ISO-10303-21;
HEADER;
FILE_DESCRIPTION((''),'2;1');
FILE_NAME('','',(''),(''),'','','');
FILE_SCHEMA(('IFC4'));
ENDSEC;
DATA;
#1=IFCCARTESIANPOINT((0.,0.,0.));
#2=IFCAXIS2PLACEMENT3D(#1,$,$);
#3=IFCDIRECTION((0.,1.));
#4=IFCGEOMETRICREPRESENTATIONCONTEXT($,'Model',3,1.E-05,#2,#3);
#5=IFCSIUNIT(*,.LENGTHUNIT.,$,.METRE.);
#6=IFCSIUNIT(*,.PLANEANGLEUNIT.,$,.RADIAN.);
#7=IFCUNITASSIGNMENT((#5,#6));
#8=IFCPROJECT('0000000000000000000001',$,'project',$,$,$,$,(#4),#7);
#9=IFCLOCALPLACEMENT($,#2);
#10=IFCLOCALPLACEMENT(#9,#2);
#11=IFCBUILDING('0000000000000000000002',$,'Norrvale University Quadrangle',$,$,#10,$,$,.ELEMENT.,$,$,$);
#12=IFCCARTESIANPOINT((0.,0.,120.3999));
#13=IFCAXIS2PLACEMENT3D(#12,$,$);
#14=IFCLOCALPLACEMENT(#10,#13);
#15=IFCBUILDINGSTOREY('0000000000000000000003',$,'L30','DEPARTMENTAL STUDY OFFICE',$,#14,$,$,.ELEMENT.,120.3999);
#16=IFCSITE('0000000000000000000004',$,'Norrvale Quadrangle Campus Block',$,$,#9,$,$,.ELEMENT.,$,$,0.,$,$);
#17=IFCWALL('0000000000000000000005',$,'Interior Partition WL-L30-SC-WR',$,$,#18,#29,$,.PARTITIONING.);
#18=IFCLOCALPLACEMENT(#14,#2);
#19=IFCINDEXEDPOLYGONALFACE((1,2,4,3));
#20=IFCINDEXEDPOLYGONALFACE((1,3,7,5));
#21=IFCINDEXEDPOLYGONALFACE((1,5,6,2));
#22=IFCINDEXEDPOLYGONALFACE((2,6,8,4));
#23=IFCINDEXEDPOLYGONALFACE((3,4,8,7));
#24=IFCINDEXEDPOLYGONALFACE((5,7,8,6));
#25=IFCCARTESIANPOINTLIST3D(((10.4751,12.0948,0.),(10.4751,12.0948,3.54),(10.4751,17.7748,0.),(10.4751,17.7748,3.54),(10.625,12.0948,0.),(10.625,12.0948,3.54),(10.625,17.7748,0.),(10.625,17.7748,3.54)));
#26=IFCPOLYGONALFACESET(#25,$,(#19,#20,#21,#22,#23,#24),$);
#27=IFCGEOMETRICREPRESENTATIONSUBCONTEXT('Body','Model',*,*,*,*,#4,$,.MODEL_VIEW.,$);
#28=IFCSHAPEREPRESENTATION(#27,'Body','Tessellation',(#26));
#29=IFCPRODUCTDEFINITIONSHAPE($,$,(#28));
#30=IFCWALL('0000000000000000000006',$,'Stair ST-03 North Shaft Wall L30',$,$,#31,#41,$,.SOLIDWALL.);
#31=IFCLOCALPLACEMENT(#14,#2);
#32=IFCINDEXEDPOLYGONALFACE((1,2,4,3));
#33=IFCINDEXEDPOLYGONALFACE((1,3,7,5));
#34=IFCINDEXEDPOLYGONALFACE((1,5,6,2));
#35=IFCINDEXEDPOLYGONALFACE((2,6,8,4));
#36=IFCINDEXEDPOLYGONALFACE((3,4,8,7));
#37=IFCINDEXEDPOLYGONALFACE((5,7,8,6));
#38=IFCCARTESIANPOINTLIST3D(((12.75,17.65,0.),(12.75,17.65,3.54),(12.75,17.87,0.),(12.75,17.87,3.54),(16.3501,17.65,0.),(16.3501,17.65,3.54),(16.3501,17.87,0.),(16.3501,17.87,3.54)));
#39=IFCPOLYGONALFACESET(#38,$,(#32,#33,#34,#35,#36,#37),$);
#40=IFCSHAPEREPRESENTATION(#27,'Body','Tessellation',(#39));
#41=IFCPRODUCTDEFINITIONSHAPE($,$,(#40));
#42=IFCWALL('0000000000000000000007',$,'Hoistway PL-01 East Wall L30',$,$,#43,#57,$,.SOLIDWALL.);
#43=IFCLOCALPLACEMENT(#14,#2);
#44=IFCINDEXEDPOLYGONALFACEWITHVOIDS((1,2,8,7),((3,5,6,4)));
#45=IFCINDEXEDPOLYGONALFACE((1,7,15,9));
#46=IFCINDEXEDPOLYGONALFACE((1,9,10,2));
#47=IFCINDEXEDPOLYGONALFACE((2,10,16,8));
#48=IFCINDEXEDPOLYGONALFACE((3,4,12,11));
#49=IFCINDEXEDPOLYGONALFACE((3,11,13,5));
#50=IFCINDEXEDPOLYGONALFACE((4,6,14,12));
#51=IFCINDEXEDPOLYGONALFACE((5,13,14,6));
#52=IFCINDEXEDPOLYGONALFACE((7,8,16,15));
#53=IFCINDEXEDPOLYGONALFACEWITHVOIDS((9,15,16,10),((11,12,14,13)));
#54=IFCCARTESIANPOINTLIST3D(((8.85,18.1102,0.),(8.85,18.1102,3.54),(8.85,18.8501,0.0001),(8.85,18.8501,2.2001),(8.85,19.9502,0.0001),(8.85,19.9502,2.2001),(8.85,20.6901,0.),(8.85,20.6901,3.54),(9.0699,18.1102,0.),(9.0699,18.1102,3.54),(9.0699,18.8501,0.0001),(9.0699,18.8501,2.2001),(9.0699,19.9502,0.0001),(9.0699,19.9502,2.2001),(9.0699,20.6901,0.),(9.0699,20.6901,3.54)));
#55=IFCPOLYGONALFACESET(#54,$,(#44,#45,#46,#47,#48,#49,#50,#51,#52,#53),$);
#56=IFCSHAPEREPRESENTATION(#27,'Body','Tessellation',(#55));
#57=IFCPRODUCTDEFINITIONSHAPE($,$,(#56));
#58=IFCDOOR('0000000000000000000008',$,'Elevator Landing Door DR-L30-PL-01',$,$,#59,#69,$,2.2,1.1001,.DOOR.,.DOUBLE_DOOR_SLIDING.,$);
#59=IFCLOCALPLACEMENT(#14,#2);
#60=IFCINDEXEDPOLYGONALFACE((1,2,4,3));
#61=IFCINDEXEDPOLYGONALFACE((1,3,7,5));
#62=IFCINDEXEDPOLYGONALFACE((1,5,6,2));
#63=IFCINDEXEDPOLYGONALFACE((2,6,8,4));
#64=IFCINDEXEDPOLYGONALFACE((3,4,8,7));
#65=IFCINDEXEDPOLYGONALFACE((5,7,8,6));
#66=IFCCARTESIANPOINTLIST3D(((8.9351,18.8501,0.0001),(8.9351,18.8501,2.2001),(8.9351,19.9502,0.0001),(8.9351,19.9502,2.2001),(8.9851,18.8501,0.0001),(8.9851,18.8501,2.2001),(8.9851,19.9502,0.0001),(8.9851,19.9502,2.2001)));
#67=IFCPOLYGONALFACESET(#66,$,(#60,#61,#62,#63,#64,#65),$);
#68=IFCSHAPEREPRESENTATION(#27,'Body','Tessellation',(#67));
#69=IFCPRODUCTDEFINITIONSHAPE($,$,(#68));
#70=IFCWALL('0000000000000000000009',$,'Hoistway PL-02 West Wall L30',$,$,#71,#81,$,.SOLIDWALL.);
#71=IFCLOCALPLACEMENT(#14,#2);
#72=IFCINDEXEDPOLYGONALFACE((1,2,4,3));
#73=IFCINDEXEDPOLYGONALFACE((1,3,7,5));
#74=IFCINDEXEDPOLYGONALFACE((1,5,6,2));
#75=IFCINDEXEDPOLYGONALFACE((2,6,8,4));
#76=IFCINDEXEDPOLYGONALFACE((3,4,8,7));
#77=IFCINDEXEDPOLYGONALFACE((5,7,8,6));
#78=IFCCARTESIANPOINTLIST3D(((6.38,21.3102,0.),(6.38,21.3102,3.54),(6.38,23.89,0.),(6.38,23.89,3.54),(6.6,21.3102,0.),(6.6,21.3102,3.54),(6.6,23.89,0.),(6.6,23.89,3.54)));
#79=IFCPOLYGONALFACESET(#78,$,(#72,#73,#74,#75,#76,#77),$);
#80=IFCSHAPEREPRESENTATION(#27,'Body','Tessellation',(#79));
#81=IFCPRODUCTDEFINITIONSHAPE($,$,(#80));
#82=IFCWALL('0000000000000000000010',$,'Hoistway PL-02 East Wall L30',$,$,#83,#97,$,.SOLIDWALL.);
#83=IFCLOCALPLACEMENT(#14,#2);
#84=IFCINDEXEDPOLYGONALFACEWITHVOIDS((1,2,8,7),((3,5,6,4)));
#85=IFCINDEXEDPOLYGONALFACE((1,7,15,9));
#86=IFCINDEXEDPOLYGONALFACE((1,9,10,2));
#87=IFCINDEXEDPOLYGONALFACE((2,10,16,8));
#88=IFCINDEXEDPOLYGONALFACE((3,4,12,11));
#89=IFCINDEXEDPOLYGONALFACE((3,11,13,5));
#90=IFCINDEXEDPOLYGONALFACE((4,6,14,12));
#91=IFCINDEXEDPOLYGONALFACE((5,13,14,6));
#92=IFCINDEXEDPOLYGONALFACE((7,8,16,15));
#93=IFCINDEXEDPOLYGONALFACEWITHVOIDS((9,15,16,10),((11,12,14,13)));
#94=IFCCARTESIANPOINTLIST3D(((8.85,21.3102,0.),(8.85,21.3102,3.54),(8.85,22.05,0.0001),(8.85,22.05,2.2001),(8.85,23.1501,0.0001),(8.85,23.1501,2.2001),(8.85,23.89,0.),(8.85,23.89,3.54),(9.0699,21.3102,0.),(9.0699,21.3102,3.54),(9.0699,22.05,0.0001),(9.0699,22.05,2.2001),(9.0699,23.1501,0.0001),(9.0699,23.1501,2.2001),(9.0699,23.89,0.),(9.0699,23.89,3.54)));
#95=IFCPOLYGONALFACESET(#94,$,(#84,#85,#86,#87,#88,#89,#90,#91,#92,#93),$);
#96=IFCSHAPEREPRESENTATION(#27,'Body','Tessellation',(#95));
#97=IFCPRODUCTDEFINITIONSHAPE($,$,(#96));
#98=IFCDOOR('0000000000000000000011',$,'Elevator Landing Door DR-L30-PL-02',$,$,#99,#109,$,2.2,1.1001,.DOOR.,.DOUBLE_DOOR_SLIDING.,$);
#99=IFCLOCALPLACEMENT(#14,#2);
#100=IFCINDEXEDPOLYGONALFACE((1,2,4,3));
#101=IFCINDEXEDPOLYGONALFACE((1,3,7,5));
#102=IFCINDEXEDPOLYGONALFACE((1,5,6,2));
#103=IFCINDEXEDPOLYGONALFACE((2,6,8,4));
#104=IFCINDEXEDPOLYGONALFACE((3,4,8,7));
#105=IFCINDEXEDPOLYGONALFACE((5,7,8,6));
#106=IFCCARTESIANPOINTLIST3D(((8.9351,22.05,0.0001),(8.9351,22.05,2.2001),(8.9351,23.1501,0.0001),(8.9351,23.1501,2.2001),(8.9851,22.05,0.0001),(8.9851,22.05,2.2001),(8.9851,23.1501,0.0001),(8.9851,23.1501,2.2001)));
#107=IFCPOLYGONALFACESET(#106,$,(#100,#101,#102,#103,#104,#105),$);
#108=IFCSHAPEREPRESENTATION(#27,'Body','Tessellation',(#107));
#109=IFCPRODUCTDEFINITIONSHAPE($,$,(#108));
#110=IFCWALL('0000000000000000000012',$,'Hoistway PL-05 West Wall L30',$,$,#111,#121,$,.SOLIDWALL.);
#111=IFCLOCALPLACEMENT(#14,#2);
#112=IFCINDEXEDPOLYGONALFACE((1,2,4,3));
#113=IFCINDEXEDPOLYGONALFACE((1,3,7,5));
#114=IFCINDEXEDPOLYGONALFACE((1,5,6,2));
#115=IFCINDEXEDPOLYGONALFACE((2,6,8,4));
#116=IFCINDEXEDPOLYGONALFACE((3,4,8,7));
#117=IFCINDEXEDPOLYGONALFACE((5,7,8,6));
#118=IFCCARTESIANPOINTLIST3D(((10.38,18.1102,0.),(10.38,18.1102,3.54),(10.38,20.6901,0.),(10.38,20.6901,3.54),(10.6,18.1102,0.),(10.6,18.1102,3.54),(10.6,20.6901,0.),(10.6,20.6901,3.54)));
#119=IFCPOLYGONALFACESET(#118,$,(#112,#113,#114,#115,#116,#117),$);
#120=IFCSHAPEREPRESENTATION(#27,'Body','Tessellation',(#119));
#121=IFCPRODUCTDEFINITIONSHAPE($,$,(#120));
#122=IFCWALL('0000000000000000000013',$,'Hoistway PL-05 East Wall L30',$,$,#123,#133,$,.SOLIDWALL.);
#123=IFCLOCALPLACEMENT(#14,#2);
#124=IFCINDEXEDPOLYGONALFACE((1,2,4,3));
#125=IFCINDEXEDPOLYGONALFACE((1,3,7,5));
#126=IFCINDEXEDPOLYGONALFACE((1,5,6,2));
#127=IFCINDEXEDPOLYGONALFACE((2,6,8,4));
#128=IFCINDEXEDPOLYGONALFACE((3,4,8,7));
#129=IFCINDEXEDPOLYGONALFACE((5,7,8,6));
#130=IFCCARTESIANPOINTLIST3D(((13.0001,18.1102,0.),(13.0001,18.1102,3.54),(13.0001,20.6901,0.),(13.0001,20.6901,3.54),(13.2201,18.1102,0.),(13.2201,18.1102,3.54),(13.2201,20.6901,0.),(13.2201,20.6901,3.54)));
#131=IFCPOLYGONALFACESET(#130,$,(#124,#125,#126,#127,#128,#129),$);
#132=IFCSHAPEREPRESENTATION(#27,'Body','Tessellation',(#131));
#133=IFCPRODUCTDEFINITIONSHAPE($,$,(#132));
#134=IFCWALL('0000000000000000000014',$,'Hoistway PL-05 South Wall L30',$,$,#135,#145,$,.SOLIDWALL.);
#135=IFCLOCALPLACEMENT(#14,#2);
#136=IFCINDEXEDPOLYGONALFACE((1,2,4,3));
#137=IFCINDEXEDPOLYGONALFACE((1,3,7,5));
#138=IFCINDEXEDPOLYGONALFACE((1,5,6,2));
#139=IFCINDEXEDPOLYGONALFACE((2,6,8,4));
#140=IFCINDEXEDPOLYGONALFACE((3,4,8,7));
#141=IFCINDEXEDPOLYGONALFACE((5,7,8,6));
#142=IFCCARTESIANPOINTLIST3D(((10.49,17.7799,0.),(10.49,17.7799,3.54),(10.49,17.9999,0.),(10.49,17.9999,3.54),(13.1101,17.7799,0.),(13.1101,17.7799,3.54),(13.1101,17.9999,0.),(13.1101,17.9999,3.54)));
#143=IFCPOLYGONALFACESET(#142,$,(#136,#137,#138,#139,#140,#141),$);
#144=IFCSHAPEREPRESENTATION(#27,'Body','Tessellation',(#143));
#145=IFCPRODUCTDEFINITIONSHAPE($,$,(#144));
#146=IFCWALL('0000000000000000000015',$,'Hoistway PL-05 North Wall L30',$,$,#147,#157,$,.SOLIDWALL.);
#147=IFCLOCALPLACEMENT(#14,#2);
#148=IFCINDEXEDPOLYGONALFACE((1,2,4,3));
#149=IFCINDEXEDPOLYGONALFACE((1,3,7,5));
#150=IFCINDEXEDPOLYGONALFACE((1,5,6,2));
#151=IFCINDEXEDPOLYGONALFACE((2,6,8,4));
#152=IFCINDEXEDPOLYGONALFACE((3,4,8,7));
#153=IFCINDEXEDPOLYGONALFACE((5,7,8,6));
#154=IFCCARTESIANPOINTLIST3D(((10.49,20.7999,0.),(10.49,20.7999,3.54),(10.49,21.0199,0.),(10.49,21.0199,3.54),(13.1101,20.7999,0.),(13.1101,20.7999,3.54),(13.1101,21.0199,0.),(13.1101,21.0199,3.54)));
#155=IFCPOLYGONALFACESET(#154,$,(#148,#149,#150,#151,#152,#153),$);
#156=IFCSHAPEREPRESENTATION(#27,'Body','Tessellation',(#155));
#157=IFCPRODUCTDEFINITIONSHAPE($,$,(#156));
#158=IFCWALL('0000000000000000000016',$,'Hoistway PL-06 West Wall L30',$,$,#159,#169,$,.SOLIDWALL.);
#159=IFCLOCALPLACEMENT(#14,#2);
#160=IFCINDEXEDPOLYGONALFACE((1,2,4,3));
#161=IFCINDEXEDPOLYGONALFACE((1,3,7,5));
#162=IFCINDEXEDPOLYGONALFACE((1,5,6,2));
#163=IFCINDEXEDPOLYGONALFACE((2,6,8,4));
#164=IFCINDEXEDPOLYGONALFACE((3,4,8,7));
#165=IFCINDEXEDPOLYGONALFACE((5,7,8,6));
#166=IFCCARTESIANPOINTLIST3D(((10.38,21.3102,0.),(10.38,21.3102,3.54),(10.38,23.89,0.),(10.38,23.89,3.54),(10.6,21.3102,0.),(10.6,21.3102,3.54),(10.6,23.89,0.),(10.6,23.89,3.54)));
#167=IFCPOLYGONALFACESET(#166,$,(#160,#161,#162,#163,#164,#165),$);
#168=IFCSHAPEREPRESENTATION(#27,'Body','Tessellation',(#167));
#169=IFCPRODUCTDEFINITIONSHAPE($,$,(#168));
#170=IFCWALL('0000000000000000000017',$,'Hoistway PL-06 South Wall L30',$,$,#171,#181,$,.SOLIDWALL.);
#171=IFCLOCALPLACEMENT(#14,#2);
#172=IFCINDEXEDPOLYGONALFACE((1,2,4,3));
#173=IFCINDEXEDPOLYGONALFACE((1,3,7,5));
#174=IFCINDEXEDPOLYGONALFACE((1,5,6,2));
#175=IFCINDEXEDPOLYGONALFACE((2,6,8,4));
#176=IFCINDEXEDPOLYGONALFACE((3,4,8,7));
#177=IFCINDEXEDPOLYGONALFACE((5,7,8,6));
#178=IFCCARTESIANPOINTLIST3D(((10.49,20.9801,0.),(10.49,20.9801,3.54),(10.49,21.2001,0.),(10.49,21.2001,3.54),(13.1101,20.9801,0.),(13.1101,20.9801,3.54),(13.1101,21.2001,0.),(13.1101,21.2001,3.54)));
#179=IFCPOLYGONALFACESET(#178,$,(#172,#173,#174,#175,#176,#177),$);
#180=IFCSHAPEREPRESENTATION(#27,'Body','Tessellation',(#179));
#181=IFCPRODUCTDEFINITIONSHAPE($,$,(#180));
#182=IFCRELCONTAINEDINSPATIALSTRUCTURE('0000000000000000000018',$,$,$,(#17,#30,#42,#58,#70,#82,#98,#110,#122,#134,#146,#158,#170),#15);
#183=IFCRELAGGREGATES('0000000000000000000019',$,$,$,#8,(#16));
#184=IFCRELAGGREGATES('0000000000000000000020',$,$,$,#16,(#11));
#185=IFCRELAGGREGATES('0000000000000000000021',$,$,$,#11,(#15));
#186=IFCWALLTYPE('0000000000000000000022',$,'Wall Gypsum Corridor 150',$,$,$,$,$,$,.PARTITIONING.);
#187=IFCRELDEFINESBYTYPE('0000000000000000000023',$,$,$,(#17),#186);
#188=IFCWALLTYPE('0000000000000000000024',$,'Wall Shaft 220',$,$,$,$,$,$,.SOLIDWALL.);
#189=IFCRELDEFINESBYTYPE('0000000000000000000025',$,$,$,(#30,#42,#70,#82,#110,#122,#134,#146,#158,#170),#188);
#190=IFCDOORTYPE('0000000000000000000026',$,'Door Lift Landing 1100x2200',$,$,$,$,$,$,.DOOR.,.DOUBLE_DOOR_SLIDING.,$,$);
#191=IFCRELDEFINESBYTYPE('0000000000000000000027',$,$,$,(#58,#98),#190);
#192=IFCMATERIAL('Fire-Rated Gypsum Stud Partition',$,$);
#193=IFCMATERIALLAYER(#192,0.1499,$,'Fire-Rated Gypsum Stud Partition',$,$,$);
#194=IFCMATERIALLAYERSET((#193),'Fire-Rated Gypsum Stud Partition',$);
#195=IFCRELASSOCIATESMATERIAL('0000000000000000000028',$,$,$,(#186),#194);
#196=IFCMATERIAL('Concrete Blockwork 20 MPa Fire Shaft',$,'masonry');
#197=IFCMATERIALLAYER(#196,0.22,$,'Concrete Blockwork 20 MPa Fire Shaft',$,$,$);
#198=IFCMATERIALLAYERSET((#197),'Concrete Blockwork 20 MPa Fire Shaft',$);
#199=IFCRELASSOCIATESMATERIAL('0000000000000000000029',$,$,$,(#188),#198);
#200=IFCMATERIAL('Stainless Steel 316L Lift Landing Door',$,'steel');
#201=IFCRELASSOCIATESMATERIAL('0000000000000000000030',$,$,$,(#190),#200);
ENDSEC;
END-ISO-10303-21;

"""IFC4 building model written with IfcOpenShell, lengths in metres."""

from ifc_helpers import new_model, si_unit, direction, frame, frame_2d, origin, place, context, subcontext, project, spatial, rectangle, extrude, material, layer, layer_set, type_object, element, fill, save


model = new_model("IFC4")

# Units and contexts
model_context = context("Model", 3, precision=1e-05, world=origin(), true_north=direction((0.0, 1.0)))
body_context = subcontext(model_context, "Body", "Model", "MODEL_VIEW")
ifc_project = project(units=[si_unit("LENGTHUNIT", "METRE"), si_unit("PLANEANGLEUNIT", "RADIAN")], contexts=[model_context])

# Site, building, storey
site_placement = place(None, origin())
site = spatial("IfcSite", under=ifc_project, at=site_placement, Name="Norrvale Quadrangle Campus Block", CompositionType="ELEMENT", RefElevation=0.0)
building_placement = place(site_placement, origin())
building = spatial("IfcBuilding", under=site, at=building_placement, Name="Norrvale University Quadrangle", CompositionType="ELEMENT")
storey_placement = place(building_placement, frame((0.0, 0.0, 120.3999)))
storey = spatial("IfcBuildingStorey", under=building, at=storey_placement, Name="L30", Description="DEPARTMENTAL STUDY OFFICE", CompositionType="ELEMENT", Elevation=120.3999)

# Shared definitions
ifc_material_1 = material(Name="Fire-Rated Gypsum Stud Partition")
ifc_layer_1 = layer(ifc_material_1, 0.1499, Name="Fire-Rated Gypsum Stud Partition")
ifc_layer_set_1 = layer_set([ifc_layer_1], Name="Fire-Rated Gypsum Stud Partition")
wall_type_1 = type_object("IfcWallType", Name="Wall Gypsum Corridor 150", PredefinedType="PARTITIONING", material=ifc_layer_set_1)

# Walls
for number, where, z_axis, x_axis, name in (
    (1, (10.55, 12.095, 0.0), (0.0, 0.0, 1.0), (0.0, 1.0, 0.0), "Interior Partition WL-L30-SC-WR"),
):
    element("IfcWall", number, at=place(storey_placement, frame(where, z_axis=z_axis, x_axis=x_axis)), inside=storey, type_object=wall_type_1, Name=name, PredefinedType="PARTITIONING", context=body_context, shape_type="SweptSolid", body=[
        extrude(rectangle(XDim=5.6799, YDim=0.1499, at=frame_2d((2.8398, 0.0))), origin(), (0.0, 0.0, 1.0), 3.54),
    ])
ifc_material_2 = material(Name="Concrete Blockwork 20 MPa Fire Shaft", Category="masonry")
ifc_layer_2 = layer(ifc_material_2, 0.22, Name="Concrete Blockwork 20 MPa Fire Shaft")
ifc_layer_set_2 = layer_set([ifc_layer_2], Name="Concrete Blockwork 20 MPa Fire Shaft")
wall_type_2 = type_object("IfcWallType", Name="Wall Shaft 220", PredefinedType="SOLIDWALL", material=ifc_layer_set_2)
wall_1_placement = place(storey_placement, frame((12.75, 17.76, 0.0), z_axis=(0.0, 0.0, 1.0), x_axis=(1.0, 0.0, 0.0)))
element("IfcWall", 2, at=wall_1_placement, inside=storey, type_object=wall_type_2, Name="Stair ST-03 North Shaft Wall L30", PredefinedType="SOLIDWALL", context=body_context, shape_type="SweptSolid", body=[
    extrude(rectangle(XDim=3.6001, YDim=0.22, at=frame_2d((1.8, 0.0))), origin(), (0.0, 0.0, 1.0), 3.54),
])

# Wall, opening, door
wall_2_placement = place(storey_placement, frame((8.96, 18.1101, 0.0), z_axis=(0.0, 0.0, 1.0), x_axis=(0.0, 1.0, 0.0)))
wall_2 = element("IfcWall", 3, at=wall_2_placement, inside=storey, type_object=wall_type_2, Name="Hoistway PL-01 East Wall L30", PredefinedType="SOLIDWALL", context=body_context, shape_type="SweptSolid", body=[
    extrude(rectangle(XDim=2.5798, YDim=0.22, at=frame_2d((1.29, 0.0))), origin(), (0.0, 0.0, 1.0), 3.54),
])
opening_1_placement = place(wall_2_placement, frame((0.74, 0.0, 0.0)))
opening_1 = element("IfcOpeningElement", 4, at=opening_1_placement, cuts=wall_2, PredefinedType="OPENING", context=body_context, shape_type="SweptSolid", body=[
    extrude(rectangle(XDim=1.1001, YDim=2.2, at=frame_2d((0.55, 1.1001))), frame((0.0, 0.1221, 0.0), z_axis=(0.0, -1.0, 0.0), x_axis=(1.0, 0.0, 0.0)), (0.0, 0.0, 1.0), 0.2439),
])
ifc_material_3 = material(Name="Stainless Steel 316L Lift Landing Door", Category="steel")
door_type_1 = type_object("IfcDoorType", Name="Door Lift Landing 1100x2200", OperationType="DOUBLE_DOOR_SLIDING", PredefinedType="DOOR", material=ifc_material_3)
door_1_placement = place(opening_1_placement, origin())
door_1 = element("IfcDoor", 5, at=door_1_placement, inside=storey, type_object=door_type_1, Name="Elevator Landing Door DR-L30-PL-01", OperationType="DOUBLE_DOOR_SLIDING", OverallHeight=2.2, OverallWidth=1.1001, PredefinedType="DOOR", context=body_context, shape_type="SweptSolid", body=[
    extrude(rectangle(XDim=1.1001, YDim=2.2, at=frame_2d((0.55, 1.1001))), frame((0.0, 0.0249, 0.0), z_axis=(0.0, -1.0, 0.0), x_axis=(1.0, 0.0, 0.0)), (0.0, 0.0, 1.0), 0.05),
])
fill(opening_1, door_1)

# Wall
wall_3_placement = place(storey_placement, frame((6.49, 21.3101, 0.0), z_axis=(0.0, 0.0, 1.0), x_axis=(0.0, 1.0, 0.0)))
element("IfcWall", 6, at=wall_3_placement, inside=storey, type_object=wall_type_2, Name="Hoistway PL-02 West Wall L30", PredefinedType="SOLIDWALL", context=body_context, shape_type="SweptSolid", body=[
    extrude(rectangle(XDim=2.5798, YDim=0.22, at=frame_2d((1.29, 0.0))), origin(), (0.0, 0.0, 1.0), 3.54),
])

# Wall, opening, door
wall_4_placement = place(storey_placement, frame((8.96, 21.3101, 0.0), z_axis=(0.0, 0.0, 1.0), x_axis=(0.0, 1.0, 0.0)))
wall_4 = element("IfcWall", 7, at=wall_4_placement, inside=storey, type_object=wall_type_2, Name="Hoistway PL-02 East Wall L30", PredefinedType="SOLIDWALL", context=body_context, shape_type="SweptSolid", body=[
    extrude(rectangle(XDim=2.5798, YDim=0.22, at=frame_2d((1.29, 0.0))), origin(), (0.0, 0.0, 1.0), 3.54),
])
opening_2_placement = place(wall_4_placement, frame((0.74, 0.0, 0.0)))
opening_2 = element("IfcOpeningElement", 8, at=opening_2_placement, cuts=wall_4, PredefinedType="OPENING", context=body_context, shape_type="SweptSolid", body=[
    extrude(rectangle(XDim=1.1001, YDim=2.2, at=frame_2d((0.55, 1.1001))), frame((0.0, 0.1221, 0.0), z_axis=(0.0, -1.0, 0.0), x_axis=(1.0, 0.0, 0.0)), (0.0, 0.0, 1.0), 0.2439),
])
door_2_placement = place(opening_2_placement, origin())
door_2 = element("IfcDoor", 9, at=door_2_placement, inside=storey, type_object=door_type_1, Name="Elevator Landing Door DR-L30-PL-02", OperationType="DOUBLE_DOOR_SLIDING", OverallHeight=2.2, OverallWidth=1.1001, PredefinedType="DOOR", context=body_context, shape_type="SweptSolid", body=[
    extrude(rectangle(XDim=1.1001, YDim=2.2, at=frame_2d((0.55, 1.1001))), frame((0.0, 0.0249, 0.0), z_axis=(0.0, -1.0, 0.0), x_axis=(1.0, 0.0, 0.0)), (0.0, 0.0, 1.0), 0.05),
])
fill(opening_2, door_2)

# Walls
for number, where, z_axis, x_axis, name in (
    (10, (10.49, 18.1101, 0.0), (0.0, 0.0, 1.0), (0.0, 1.0, 0.0), "Hoistway PL-05 West Wall L30"),
    (11, (13.1101, 18.1101, 0.0), (0.0, 0.0, 1.0), (0.0, 1.0, 0.0), "Hoistway PL-05 East Wall L30"),
):
    element("IfcWall", number, at=place(storey_placement, frame(where, z_axis=z_axis, x_axis=x_axis)), inside=storey, type_object=wall_type_2, Name=name, PredefinedType="SOLIDWALL", context=body_context, shape_type="SweptSolid", body=[
        extrude(rectangle(XDim=2.5798, YDim=0.22, at=frame_2d((1.29, 0.0))), origin(), (0.0, 0.0, 1.0), 3.54),
    ])
for number, where, z_axis, x_axis, name in (
    (12, (10.49, 17.8899, 0.0), (0.0, 0.0, 1.0), (1.0, 0.0, 0.0), "Hoistway PL-05 South Wall L30"),
    (13, (10.49, 20.9099, 0.0), (0.0, 0.0, 1.0), (1.0, 0.0, 0.0), "Hoistway PL-05 North Wall L30"),
):
    element("IfcWall", number, at=place(storey_placement, frame(where, z_axis=z_axis, x_axis=x_axis)), inside=storey, type_object=wall_type_2, Name=name, PredefinedType="SOLIDWALL", context=body_context, shape_type="SweptSolid", body=[
        extrude(rectangle(XDim=2.6201, YDim=0.22, at=frame_2d((1.3101, 0.0))), origin(), (0.0, 0.0, 1.0), 3.54),
    ])
wall_5_placement = place(storey_placement, frame((10.49, 21.3101, 0.0), z_axis=(0.0, 0.0, 1.0), x_axis=(0.0, 1.0, 0.0)))
element("IfcWall", 14, at=wall_5_placement, inside=storey, type_object=wall_type_2, Name="Hoistway PL-06 West Wall L30", PredefinedType="SOLIDWALL", context=body_context, shape_type="SweptSolid", body=[
    extrude(rectangle(XDim=2.5798, YDim=0.22, at=frame_2d((1.29, 0.0))), origin(), (0.0, 0.0, 1.0), 3.54),
])
wall_6_placement = place(storey_placement, frame((10.49, 21.0901, 0.0), z_axis=(0.0, 0.0, 1.0), x_axis=(1.0, 0.0, 0.0)))
element("IfcWall", 15, at=wall_6_placement, inside=storey, type_object=wall_type_2, Name="Hoistway PL-06 South Wall L30", PredefinedType="SOLIDWALL", context=body_context, shape_type="SweptSolid", body=[
    extrude(rectangle(XDim=2.6201, YDim=0.22, at=frame_2d((1.3101, 0.0))), origin(), (0.0, 0.0, 1.0), 3.54),
])

save(model, "model.ifc")
